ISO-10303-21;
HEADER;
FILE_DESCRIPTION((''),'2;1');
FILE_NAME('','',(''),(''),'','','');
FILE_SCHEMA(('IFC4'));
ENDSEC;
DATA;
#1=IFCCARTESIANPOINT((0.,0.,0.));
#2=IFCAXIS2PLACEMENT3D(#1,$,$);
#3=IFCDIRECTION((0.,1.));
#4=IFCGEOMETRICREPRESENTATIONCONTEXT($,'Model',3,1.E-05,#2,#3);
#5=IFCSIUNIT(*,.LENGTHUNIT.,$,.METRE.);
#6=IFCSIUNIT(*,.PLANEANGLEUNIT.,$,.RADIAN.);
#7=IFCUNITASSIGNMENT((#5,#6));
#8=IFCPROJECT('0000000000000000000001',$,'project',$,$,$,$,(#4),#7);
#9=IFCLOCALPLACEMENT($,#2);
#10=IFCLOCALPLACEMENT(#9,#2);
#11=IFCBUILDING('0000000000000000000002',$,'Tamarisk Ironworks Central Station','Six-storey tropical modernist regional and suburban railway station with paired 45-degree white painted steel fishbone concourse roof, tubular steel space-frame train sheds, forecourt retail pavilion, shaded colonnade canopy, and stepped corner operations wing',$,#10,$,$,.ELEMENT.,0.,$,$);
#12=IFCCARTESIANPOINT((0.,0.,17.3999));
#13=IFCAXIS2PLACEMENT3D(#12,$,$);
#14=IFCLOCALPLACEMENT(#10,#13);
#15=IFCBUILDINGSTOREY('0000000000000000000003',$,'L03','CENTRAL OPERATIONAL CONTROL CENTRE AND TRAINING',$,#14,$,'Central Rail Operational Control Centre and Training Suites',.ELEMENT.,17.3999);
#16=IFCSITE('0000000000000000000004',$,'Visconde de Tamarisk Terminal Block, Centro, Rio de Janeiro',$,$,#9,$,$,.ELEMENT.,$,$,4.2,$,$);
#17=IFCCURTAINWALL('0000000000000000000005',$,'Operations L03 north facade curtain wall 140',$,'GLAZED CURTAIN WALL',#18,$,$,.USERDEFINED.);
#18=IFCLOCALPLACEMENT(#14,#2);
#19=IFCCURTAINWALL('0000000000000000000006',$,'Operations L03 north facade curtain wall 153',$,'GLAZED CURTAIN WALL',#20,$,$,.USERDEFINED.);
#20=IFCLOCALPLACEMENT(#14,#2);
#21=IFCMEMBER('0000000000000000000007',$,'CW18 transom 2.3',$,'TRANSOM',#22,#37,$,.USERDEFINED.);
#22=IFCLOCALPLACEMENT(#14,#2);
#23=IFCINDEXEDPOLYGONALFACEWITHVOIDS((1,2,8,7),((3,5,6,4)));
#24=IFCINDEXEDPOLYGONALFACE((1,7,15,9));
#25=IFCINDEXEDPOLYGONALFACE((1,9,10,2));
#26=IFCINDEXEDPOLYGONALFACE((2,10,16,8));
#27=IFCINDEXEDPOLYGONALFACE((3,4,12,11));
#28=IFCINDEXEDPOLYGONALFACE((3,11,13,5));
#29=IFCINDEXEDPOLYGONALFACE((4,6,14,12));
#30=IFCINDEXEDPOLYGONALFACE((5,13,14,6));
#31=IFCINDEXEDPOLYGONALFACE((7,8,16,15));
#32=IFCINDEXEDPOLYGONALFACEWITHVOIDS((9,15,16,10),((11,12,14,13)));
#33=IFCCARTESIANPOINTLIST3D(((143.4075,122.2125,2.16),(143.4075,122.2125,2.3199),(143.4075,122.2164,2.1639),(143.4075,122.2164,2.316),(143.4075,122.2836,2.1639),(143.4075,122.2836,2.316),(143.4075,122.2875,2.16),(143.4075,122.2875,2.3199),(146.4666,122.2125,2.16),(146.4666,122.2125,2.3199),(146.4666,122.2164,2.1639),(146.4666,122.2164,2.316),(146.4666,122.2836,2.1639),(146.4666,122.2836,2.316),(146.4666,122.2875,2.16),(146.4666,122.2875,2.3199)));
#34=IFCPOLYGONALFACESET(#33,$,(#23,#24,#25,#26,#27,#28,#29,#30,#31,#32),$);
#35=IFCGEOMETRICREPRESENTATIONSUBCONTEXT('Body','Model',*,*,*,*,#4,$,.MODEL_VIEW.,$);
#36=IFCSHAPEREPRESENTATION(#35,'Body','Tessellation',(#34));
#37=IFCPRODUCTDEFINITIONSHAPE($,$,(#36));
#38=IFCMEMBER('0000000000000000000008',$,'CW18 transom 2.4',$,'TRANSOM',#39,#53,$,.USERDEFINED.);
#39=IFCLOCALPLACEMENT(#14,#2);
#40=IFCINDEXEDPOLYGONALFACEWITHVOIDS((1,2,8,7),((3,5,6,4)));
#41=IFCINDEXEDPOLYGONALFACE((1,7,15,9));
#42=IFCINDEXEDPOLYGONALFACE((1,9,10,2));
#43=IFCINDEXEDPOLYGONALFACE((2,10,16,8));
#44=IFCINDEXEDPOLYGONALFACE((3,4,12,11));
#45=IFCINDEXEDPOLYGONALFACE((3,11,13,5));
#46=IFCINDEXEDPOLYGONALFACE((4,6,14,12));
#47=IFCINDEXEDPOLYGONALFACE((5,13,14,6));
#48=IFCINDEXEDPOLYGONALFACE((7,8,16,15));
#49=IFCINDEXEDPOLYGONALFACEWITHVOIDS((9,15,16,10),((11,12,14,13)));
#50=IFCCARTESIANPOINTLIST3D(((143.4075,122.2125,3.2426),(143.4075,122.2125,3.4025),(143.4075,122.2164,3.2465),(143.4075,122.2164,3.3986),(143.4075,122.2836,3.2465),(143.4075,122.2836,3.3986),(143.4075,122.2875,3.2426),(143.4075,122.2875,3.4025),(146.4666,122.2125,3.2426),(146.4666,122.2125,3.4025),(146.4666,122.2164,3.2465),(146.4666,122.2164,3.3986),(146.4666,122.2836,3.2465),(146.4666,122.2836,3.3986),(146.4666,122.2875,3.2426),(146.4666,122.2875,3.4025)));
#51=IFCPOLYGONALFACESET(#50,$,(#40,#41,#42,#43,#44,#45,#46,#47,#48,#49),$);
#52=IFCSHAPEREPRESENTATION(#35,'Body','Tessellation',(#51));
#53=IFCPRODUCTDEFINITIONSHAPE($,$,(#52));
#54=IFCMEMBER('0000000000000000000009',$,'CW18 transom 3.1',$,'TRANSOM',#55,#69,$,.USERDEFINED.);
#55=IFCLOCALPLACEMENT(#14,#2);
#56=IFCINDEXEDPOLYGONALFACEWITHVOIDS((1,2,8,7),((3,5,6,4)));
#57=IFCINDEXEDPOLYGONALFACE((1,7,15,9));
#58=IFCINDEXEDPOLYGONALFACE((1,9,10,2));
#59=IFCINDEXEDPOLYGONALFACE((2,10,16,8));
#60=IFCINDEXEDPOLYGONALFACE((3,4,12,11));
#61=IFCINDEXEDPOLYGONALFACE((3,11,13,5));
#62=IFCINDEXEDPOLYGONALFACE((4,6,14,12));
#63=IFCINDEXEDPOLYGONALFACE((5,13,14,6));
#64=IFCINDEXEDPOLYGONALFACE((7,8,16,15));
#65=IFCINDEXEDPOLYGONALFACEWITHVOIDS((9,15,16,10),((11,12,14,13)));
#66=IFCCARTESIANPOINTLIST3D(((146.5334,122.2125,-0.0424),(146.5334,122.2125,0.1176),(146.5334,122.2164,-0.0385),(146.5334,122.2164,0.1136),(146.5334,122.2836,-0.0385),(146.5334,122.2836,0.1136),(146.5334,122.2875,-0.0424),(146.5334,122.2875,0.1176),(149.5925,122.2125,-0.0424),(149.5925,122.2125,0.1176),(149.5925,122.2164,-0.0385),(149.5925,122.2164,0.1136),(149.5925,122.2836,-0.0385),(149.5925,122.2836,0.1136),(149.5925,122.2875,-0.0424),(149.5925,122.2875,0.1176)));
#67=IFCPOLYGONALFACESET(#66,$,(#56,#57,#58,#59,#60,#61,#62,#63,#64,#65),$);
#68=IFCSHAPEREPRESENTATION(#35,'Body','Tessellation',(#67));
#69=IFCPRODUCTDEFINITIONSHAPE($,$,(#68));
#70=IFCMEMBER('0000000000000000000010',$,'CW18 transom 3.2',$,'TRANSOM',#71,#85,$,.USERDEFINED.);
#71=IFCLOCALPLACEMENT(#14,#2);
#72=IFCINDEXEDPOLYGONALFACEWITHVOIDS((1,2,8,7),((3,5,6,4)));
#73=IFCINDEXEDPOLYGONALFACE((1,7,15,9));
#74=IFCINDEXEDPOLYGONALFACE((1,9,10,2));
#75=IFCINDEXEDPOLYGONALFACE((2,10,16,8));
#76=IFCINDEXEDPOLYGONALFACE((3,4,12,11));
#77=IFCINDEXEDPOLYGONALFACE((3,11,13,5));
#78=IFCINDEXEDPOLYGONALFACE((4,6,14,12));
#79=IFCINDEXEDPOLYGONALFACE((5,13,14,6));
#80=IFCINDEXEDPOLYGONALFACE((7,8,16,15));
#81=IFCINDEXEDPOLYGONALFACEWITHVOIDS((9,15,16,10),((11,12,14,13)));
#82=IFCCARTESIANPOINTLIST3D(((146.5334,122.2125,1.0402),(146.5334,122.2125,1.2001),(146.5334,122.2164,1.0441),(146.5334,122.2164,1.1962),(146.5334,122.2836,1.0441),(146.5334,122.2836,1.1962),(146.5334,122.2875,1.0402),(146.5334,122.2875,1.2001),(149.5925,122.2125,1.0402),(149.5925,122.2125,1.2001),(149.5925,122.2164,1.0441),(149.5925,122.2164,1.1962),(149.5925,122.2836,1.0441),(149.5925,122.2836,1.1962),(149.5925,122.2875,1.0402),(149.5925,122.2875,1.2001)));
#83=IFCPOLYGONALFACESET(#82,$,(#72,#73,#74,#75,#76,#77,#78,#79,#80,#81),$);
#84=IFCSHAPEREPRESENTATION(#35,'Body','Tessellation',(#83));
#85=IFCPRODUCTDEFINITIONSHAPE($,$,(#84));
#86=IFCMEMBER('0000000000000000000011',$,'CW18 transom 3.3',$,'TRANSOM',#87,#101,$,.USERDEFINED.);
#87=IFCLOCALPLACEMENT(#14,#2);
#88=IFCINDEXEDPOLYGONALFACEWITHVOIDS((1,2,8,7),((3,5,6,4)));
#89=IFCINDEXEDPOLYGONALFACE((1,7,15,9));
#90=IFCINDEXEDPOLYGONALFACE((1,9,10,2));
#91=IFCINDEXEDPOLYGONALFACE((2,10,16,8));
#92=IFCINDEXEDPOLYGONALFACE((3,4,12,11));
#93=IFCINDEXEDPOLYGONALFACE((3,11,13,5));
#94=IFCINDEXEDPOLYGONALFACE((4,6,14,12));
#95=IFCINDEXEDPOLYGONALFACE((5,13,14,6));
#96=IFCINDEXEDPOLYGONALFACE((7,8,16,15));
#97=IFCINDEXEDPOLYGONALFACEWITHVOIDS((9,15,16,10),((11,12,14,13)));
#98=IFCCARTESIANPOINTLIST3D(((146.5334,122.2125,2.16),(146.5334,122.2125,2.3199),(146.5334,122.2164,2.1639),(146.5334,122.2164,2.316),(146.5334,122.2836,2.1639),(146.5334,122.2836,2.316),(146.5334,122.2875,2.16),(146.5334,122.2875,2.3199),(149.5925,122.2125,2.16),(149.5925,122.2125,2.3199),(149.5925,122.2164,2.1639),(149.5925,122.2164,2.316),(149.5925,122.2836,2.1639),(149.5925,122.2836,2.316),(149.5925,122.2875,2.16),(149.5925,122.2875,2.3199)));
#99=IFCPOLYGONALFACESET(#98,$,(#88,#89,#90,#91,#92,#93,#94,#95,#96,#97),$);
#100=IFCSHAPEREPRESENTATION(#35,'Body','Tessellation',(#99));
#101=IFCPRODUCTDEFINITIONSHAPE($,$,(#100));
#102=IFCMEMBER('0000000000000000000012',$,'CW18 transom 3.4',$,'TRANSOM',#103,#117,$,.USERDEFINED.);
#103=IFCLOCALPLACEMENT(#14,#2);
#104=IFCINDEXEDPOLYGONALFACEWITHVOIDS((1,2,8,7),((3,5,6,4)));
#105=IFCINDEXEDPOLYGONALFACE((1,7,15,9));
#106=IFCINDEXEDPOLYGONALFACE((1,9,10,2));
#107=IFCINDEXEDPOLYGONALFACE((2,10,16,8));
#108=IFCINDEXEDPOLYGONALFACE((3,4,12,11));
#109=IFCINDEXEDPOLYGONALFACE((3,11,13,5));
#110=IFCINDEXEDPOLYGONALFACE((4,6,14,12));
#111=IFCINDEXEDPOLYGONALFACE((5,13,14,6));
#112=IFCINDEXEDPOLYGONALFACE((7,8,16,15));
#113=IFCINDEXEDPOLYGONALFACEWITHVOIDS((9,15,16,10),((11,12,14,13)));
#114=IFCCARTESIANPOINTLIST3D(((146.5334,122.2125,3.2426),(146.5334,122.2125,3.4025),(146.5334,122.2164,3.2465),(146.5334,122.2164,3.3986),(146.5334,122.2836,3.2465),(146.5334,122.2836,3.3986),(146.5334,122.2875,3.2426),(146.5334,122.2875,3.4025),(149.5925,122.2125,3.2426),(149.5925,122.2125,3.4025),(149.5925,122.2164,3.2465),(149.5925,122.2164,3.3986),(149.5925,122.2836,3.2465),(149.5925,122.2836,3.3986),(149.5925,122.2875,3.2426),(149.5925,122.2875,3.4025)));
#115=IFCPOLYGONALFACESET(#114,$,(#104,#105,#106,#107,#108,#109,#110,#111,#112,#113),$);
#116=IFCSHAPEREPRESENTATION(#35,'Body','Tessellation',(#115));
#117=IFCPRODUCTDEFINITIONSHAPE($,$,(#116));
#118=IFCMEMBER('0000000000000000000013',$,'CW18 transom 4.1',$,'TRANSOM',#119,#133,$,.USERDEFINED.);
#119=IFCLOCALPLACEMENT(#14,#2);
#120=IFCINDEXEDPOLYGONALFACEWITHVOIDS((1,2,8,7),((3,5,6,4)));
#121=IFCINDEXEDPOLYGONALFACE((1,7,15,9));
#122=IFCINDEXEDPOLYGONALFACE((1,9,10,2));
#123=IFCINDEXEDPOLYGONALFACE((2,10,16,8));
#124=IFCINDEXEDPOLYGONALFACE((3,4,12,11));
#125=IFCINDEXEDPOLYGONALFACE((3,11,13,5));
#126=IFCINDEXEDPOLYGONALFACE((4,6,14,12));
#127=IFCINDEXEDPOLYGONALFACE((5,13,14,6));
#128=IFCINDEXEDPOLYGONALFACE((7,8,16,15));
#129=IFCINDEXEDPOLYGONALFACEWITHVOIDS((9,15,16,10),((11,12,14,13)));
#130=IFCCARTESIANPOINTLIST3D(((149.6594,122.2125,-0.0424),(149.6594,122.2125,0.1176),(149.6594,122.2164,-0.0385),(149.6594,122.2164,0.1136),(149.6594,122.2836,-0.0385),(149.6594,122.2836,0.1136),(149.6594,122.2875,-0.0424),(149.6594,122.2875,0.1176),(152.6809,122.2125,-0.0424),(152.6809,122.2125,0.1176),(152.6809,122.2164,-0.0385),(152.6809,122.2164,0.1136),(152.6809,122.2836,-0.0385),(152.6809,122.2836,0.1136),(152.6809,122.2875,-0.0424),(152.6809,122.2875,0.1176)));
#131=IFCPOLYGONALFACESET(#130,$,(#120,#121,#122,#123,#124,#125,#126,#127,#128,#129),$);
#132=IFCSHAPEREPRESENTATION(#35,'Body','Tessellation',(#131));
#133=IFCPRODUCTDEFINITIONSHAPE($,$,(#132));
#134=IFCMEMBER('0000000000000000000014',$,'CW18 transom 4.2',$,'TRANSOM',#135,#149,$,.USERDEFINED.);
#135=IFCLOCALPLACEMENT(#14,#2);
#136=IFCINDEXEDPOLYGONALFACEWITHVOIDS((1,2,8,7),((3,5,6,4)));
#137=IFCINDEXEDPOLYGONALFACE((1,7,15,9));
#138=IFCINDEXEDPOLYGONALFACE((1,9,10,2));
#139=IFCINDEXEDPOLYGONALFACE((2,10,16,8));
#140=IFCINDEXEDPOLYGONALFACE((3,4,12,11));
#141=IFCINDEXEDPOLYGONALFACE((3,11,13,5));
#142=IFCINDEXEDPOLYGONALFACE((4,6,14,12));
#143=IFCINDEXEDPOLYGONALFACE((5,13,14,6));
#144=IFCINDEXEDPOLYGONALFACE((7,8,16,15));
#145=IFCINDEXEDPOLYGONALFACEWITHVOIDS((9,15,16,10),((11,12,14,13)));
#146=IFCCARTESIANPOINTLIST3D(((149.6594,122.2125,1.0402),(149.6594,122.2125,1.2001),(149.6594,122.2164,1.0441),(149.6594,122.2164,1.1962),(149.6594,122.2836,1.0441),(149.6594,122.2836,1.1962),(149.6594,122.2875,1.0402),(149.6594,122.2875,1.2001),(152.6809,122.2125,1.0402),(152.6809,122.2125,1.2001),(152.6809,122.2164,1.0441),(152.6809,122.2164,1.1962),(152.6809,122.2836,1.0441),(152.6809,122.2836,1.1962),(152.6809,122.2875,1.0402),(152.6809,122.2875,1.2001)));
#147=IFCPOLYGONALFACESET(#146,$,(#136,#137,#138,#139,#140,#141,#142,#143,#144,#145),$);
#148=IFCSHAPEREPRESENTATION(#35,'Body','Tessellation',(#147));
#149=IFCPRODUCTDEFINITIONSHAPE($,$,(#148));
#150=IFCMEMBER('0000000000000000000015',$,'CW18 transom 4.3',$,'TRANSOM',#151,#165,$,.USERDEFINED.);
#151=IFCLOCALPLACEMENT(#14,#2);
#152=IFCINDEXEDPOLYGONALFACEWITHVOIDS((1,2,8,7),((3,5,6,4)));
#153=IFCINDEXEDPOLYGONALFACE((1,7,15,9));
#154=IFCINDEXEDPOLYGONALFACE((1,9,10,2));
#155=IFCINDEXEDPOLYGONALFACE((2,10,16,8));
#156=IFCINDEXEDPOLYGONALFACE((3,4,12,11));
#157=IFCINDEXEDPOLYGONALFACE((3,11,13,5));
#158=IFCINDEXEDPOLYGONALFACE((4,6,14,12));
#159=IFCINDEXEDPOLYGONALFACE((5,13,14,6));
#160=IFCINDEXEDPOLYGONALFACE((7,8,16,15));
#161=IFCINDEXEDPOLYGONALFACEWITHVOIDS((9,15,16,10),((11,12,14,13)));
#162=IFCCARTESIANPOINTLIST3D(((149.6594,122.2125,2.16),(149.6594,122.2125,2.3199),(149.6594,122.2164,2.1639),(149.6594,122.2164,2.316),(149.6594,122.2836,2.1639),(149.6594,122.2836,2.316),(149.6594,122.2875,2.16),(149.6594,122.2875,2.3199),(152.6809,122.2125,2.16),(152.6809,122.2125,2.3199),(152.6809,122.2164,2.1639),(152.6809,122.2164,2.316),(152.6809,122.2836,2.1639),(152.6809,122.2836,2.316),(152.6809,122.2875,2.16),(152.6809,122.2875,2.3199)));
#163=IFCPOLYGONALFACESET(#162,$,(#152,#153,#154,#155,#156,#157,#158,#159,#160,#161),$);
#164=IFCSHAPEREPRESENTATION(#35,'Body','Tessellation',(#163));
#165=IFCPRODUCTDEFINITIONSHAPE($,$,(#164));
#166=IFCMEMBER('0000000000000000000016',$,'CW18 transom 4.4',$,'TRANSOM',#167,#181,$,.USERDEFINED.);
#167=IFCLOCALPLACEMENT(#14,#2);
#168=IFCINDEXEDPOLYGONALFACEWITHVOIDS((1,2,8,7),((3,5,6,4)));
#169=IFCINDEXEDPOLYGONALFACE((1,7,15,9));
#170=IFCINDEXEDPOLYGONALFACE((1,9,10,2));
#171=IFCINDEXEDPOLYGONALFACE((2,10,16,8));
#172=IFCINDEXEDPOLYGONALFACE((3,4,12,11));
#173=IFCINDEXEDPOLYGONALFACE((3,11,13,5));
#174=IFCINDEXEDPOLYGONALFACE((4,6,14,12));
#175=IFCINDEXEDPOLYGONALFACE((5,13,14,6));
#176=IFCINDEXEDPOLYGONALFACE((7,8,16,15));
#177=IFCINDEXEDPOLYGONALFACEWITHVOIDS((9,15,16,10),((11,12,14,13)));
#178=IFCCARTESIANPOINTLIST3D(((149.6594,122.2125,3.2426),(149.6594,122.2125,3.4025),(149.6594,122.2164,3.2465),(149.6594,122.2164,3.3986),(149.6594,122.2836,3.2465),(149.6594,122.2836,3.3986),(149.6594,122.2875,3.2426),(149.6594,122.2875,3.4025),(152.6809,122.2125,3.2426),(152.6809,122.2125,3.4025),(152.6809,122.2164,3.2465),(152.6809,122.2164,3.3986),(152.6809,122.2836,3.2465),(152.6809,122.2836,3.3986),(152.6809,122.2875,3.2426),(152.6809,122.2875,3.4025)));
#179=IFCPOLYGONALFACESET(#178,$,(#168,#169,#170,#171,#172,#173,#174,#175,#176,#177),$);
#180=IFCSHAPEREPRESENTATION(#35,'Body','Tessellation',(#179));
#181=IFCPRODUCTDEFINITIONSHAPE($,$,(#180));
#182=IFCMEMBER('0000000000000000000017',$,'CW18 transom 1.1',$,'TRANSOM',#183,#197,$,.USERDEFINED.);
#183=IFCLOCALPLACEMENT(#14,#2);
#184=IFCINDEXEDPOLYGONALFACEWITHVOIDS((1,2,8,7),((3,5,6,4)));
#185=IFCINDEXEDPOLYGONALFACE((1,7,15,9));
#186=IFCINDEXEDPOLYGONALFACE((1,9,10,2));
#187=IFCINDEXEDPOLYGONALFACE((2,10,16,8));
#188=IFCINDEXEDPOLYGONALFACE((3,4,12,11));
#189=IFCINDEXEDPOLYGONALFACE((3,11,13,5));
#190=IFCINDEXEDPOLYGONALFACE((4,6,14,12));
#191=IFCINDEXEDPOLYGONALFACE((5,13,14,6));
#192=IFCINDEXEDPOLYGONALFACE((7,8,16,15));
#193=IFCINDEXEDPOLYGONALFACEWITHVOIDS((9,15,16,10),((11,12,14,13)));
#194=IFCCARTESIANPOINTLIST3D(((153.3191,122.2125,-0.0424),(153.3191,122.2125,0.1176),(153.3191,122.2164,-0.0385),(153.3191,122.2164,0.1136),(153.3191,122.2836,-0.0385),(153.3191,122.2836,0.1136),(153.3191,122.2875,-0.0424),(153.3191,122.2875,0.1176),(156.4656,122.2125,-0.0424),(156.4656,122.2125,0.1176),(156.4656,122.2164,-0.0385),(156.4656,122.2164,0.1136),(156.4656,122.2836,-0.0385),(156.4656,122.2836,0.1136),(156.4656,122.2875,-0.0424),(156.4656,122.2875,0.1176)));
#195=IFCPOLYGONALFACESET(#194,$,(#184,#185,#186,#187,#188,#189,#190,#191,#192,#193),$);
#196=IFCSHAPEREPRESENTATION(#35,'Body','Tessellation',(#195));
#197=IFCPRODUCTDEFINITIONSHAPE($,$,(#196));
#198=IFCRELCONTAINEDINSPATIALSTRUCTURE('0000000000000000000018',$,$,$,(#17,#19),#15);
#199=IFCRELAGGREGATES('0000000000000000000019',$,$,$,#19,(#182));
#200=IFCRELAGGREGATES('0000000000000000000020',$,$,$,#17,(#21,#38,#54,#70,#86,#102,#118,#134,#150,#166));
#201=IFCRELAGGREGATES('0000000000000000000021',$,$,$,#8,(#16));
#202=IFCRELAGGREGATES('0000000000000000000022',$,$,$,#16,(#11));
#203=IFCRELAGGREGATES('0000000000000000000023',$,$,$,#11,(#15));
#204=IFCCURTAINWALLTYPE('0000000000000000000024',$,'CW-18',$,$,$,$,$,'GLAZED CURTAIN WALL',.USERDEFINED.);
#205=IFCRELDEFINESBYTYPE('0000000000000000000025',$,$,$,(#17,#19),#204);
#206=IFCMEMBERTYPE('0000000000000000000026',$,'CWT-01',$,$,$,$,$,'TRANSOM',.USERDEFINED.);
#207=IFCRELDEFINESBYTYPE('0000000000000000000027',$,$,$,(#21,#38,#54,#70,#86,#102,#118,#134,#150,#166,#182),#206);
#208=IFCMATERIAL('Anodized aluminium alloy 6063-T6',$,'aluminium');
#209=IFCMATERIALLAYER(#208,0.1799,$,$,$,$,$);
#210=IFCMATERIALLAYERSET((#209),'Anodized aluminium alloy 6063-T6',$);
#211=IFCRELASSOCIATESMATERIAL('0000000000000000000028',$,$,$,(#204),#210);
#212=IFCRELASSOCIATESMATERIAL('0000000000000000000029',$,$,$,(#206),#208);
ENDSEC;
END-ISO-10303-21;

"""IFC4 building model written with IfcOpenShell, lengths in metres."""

from ifc_helpers import new_model, si_unit, direction, frame, origin, origin_2d, place, context, subcontext, project, spatial, hollow_rectangle, extrude, material, layer, layer_set, material_profile, profile_set, type_object, element, aggregate, save


model = new_model("IFC4")

# Units and contexts
model_context = context("Model", 3, precision=1e-05, world=origin(), true_north=direction((0.0, 1.0)))
body_context = subcontext(model_context, "Body", "Model", "MODEL_VIEW")
ifc_project = project(units=[si_unit("LENGTHUNIT", "METRE"), si_unit("PLANEANGLEUNIT", "RADIAN")], contexts=[model_context])

# Site, building, storey
site_placement = place(None, origin())
site = spatial("IfcSite", under=ifc_project, at=site_placement, Name="Visconde de Tamarisk Terminal Block, Centro, Rio de Janeiro", CompositionType="ELEMENT", RefElevation=4.2)
building_placement = place(site_placement, origin())
building = spatial("IfcBuilding", under=site, at=building_placement, Name="Tamarisk Ironworks Central Station", Description="Six-storey tropical modernist regional and suburban railway station with paired 45-degree white painted steel fishbone concourse roof, tubular steel space-frame train sheds, forecourt retail pavilion, shaded colonnade canopy, and stepped corner operations wing", CompositionType="ELEMENT", ElevationOfRefHeight=0.0)
storey_placement = place(building_placement, frame((0.0, 0.0, 17.3999)))
storey = spatial("IfcBuildingStorey", under=building, at=storey_placement, Name="L03", Description="CENTRAL OPERATIONAL CONTROL CENTRE AND TRAINING", LongName="Central Rail Operational Control Centre and Training Suites", CompositionType="ELEMENT", Elevation=17.3999)

# Curtain wall
ifc_material_1 = material(Name="Anodized aluminium alloy 6063-T6", Category="aluminium")
ifc_layer_1 = layer(ifc_material_1, 0.1799)
ifc_layer_set_1 = layer_set([ifc_layer_1], Name="Anodized aluminium alloy 6063-T6")
curtain_wall_type = type_object("IfcCurtainWallType", Name="CW-18", ElementType="GLAZED CURTAIN WALL", PredefinedType="USERDEFINED", material=ifc_layer_set_1)
curtain_wall_1_placement = place(storey_placement, origin())
curtain_wall_1 = element("IfcCurtainWall", 1, at=curtain_wall_1_placement, inside=storey, type_object=curtain_wall_type, Name="Operations L03 north facade curtain wall 140", ObjectType="GLAZED CURTAIN WALL", PredefinedType="USERDEFINED")

# Curtain wall
curtain_wall_2_placement = place(storey_placement, origin())
curtain_wall_2 = element("IfcCurtainWall", 2, at=curtain_wall_2_placement, inside=storey, type_object=curtain_wall_type, Name="Operations L03 north facade curtain wall 153", ObjectType="GLAZED CURTAIN WALL", PredefinedType="USERDEFINED")

# Members
ifc_material_profile_1 = material_profile(ifc_material_1, hollow_rectangle(XDim=0.075, YDim=0.1599, WallThickness=0.0039, at=origin_2d()), Name="ALUM 160x75")
ifc_profile_set_1 = profile_set([ifc_material_profile_1], Name="Anodized aluminium alloy 6063-T6")
member_type_1 = type_object("IfcMemberType", Name="CWT-01", ElementType="TRANSOM", PredefinedType="USERDEFINED", material=ifc_profile_set_1)
member_1_placement = place(storey_placement, frame((143.4075, 122.25, 2.24), z_axis=(1.0, 0.0, 0.0), x_axis=(0.0, 1.0, 0.0)))
member_1 = element("IfcMember", 3, at=member_1_placement, type_object=member_type_1, Name="CW18 transom 2.3", ObjectType="TRANSOM", PredefinedType="USERDEFINED", context=body_context, shape_type="SweptSolid", body=[
    extrude(hollow_rectangle(XDim=0.075, YDim=0.1599, WallThickness=0.0039, at=origin_2d()), origin(), (0.0, 0.0, 1.0), 3.0591),
])
member_2_placement = place(storey_placement, frame((143.4075, 122.25, 3.3225), z_axis=(1.0, 0.0, 0.0), x_axis=(0.0, 1.0, 0.0)))
member_2 = element("IfcMember", 4, at=member_2_placement, type_object=member_type_1, Name="CW18 transom 2.4", ObjectType="TRANSOM", PredefinedType="USERDEFINED", context=body_context, shape_type="SweptSolid", body=[
    extrude(hollow_rectangle(XDim=0.075, YDim=0.1599, WallThickness=0.0039, at=origin_2d()), origin(), (0.0, 0.0, 1.0), 3.0591),
])
member_3_placement = place(storey_placement, frame((146.5334, 122.25, 0.0376), z_axis=(1.0, 0.0, 0.0), x_axis=(0.0, 1.0, 0.0)))
member_3 = element("IfcMember", 5, at=member_3_placement, type_object=member_type_1, Name="CW18 transom 3.1", ObjectType="TRANSOM", PredefinedType="USERDEFINED", context=body_context, shape_type="SweptSolid", body=[
    extrude(hollow_rectangle(XDim=0.075, YDim=0.1599, WallThickness=0.0039, at=origin_2d()), origin(), (0.0, 0.0, 1.0), 3.0591),
])
member_4_placement = place(storey_placement, frame((146.5334, 122.25, 1.1201), z_axis=(1.0, 0.0, 0.0), x_axis=(0.0, 1.0, 0.0)))
member_4 = element("IfcMember", 6, at=member_4_placement, type_object=member_type_1, Name="CW18 transom 3.2", ObjectType="TRANSOM", PredefinedType="USERDEFINED", context=body_context, shape_type="SweptSolid", body=[
    extrude(hollow_rectangle(XDim=0.075, YDim=0.1599, WallThickness=0.0039, at=origin_2d()), origin(), (0.0, 0.0, 1.0), 3.0591),
])
member_5_placement = place(storey_placement, frame((146.5334, 122.25, 2.24), z_axis=(1.0, 0.0, 0.0), x_axis=(0.0, 1.0, 0.0)))
member_5 = element("IfcMember", 7, at=member_5_placement, type_object=member_type_1, Name="CW18 transom 3.3", ObjectType="TRANSOM", PredefinedType="USERDEFINED", context=body_context, shape_type="SweptSolid", body=[
    extrude(hollow_rectangle(XDim=0.075, YDim=0.1599, WallThickness=0.0039, at=origin_2d()), origin(), (0.0, 0.0, 1.0), 3.0591),
])
member_6_placement = place(storey_placement, frame((146.5334, 122.25, 3.3225), z_axis=(1.0, 0.0, 0.0), x_axis=(0.0, 1.0, 0.0)))
member_6 = element("IfcMember", 8, at=member_6_placement, type_object=member_type_1, Name="CW18 transom 3.4", ObjectType="TRANSOM", PredefinedType="USERDEFINED", context=body_context, shape_type="SweptSolid", body=[
    extrude(hollow_rectangle(XDim=0.075, YDim=0.1599, WallThickness=0.0039, at=origin_2d()), origin(), (0.0, 0.0, 1.0), 3.0591),
])
member_7_placement = place(storey_placement, frame((149.6594, 122.25, 0.0376), z_axis=(1.0, 0.0, 0.0), x_axis=(0.0, 1.0, 0.0)))
member_7 = element("IfcMember", 9, at=member_7_placement, type_object=member_type_1, Name="CW18 transom 4.1", ObjectType="TRANSOM", PredefinedType="USERDEFINED", context=body_context, shape_type="SweptSolid", body=[
    extrude(hollow_rectangle(XDim=0.075, YDim=0.1599, WallThickness=0.0039, at=origin_2d()), origin(), (0.0, 0.0, 1.0), 3.0215),
])
member_8_placement = place(storey_placement, frame((149.6594, 122.25, 1.1201), z_axis=(1.0, 0.0, 0.0), x_axis=(0.0, 1.0, 0.0)))
member_8 = element("IfcMember", 10, at=member_8_placement, type_object=member_type_1, Name="CW18 transom 4.2", ObjectType="TRANSOM", PredefinedType="USERDEFINED", context=body_context, shape_type="SweptSolid", body=[
    extrude(hollow_rectangle(XDim=0.075, YDim=0.1599, WallThickness=0.0039, at=origin_2d()), origin(), (0.0, 0.0, 1.0), 3.0215),
])
member_9_placement = place(storey_placement, frame((149.6594, 122.25, 2.24), z_axis=(1.0, 0.0, 0.0), x_axis=(0.0, 1.0, 0.0)))
member_9 = element("IfcMember", 11, at=member_9_placement, type_object=member_type_1, Name="CW18 transom 4.3", ObjectType="TRANSOM", PredefinedType="USERDEFINED", context=body_context, shape_type="SweptSolid", body=[
    extrude(hollow_rectangle(XDim=0.075, YDim=0.1599, WallThickness=0.0039, at=origin_2d()), origin(), (0.0, 0.0, 1.0), 3.0215),
])
member_10_placement = place(storey_placement, frame((149.6594, 122.25, 3.3225), z_axis=(1.0, 0.0, 0.0), x_axis=(0.0, 1.0, 0.0)))
member_10 = element("IfcMember", 12, at=member_10_placement, type_object=member_type_1, Name="CW18 transom 4.4", ObjectType="TRANSOM", PredefinedType="USERDEFINED", context=body_context, shape_type="SweptSolid", body=[
    extrude(hollow_rectangle(XDim=0.075, YDim=0.1599, WallThickness=0.0039, at=origin_2d()), origin(), (0.0, 0.0, 1.0), 3.0215),
])
member_11_placement = place(storey_placement, frame((153.3191, 122.25, 0.0376), z_axis=(1.0, 0.0, 0.0), x_axis=(0.0, 1.0, 0.0)))
member_11 = element("IfcMember", 13, at=member_11_placement, type_object=member_type_1, Name="CW18 transom 1.1", ObjectType="TRANSOM", PredefinedType="USERDEFINED", context=body_context, shape_type="SweptSolid", body=[
    extrude(hollow_rectangle(XDim=0.075, YDim=0.1599, WallThickness=0.0039, at=origin_2d()), origin(), (0.0, 0.0, 1.0), 3.1465),
])
aggregate(curtain_wall_2, [member_11])

aggregate(curtain_wall_1, [member_1, member_2, member_3, member_4, member_5, member_6, member_7, member_8, member_9, member_10])

save(model, "model.ifc")
